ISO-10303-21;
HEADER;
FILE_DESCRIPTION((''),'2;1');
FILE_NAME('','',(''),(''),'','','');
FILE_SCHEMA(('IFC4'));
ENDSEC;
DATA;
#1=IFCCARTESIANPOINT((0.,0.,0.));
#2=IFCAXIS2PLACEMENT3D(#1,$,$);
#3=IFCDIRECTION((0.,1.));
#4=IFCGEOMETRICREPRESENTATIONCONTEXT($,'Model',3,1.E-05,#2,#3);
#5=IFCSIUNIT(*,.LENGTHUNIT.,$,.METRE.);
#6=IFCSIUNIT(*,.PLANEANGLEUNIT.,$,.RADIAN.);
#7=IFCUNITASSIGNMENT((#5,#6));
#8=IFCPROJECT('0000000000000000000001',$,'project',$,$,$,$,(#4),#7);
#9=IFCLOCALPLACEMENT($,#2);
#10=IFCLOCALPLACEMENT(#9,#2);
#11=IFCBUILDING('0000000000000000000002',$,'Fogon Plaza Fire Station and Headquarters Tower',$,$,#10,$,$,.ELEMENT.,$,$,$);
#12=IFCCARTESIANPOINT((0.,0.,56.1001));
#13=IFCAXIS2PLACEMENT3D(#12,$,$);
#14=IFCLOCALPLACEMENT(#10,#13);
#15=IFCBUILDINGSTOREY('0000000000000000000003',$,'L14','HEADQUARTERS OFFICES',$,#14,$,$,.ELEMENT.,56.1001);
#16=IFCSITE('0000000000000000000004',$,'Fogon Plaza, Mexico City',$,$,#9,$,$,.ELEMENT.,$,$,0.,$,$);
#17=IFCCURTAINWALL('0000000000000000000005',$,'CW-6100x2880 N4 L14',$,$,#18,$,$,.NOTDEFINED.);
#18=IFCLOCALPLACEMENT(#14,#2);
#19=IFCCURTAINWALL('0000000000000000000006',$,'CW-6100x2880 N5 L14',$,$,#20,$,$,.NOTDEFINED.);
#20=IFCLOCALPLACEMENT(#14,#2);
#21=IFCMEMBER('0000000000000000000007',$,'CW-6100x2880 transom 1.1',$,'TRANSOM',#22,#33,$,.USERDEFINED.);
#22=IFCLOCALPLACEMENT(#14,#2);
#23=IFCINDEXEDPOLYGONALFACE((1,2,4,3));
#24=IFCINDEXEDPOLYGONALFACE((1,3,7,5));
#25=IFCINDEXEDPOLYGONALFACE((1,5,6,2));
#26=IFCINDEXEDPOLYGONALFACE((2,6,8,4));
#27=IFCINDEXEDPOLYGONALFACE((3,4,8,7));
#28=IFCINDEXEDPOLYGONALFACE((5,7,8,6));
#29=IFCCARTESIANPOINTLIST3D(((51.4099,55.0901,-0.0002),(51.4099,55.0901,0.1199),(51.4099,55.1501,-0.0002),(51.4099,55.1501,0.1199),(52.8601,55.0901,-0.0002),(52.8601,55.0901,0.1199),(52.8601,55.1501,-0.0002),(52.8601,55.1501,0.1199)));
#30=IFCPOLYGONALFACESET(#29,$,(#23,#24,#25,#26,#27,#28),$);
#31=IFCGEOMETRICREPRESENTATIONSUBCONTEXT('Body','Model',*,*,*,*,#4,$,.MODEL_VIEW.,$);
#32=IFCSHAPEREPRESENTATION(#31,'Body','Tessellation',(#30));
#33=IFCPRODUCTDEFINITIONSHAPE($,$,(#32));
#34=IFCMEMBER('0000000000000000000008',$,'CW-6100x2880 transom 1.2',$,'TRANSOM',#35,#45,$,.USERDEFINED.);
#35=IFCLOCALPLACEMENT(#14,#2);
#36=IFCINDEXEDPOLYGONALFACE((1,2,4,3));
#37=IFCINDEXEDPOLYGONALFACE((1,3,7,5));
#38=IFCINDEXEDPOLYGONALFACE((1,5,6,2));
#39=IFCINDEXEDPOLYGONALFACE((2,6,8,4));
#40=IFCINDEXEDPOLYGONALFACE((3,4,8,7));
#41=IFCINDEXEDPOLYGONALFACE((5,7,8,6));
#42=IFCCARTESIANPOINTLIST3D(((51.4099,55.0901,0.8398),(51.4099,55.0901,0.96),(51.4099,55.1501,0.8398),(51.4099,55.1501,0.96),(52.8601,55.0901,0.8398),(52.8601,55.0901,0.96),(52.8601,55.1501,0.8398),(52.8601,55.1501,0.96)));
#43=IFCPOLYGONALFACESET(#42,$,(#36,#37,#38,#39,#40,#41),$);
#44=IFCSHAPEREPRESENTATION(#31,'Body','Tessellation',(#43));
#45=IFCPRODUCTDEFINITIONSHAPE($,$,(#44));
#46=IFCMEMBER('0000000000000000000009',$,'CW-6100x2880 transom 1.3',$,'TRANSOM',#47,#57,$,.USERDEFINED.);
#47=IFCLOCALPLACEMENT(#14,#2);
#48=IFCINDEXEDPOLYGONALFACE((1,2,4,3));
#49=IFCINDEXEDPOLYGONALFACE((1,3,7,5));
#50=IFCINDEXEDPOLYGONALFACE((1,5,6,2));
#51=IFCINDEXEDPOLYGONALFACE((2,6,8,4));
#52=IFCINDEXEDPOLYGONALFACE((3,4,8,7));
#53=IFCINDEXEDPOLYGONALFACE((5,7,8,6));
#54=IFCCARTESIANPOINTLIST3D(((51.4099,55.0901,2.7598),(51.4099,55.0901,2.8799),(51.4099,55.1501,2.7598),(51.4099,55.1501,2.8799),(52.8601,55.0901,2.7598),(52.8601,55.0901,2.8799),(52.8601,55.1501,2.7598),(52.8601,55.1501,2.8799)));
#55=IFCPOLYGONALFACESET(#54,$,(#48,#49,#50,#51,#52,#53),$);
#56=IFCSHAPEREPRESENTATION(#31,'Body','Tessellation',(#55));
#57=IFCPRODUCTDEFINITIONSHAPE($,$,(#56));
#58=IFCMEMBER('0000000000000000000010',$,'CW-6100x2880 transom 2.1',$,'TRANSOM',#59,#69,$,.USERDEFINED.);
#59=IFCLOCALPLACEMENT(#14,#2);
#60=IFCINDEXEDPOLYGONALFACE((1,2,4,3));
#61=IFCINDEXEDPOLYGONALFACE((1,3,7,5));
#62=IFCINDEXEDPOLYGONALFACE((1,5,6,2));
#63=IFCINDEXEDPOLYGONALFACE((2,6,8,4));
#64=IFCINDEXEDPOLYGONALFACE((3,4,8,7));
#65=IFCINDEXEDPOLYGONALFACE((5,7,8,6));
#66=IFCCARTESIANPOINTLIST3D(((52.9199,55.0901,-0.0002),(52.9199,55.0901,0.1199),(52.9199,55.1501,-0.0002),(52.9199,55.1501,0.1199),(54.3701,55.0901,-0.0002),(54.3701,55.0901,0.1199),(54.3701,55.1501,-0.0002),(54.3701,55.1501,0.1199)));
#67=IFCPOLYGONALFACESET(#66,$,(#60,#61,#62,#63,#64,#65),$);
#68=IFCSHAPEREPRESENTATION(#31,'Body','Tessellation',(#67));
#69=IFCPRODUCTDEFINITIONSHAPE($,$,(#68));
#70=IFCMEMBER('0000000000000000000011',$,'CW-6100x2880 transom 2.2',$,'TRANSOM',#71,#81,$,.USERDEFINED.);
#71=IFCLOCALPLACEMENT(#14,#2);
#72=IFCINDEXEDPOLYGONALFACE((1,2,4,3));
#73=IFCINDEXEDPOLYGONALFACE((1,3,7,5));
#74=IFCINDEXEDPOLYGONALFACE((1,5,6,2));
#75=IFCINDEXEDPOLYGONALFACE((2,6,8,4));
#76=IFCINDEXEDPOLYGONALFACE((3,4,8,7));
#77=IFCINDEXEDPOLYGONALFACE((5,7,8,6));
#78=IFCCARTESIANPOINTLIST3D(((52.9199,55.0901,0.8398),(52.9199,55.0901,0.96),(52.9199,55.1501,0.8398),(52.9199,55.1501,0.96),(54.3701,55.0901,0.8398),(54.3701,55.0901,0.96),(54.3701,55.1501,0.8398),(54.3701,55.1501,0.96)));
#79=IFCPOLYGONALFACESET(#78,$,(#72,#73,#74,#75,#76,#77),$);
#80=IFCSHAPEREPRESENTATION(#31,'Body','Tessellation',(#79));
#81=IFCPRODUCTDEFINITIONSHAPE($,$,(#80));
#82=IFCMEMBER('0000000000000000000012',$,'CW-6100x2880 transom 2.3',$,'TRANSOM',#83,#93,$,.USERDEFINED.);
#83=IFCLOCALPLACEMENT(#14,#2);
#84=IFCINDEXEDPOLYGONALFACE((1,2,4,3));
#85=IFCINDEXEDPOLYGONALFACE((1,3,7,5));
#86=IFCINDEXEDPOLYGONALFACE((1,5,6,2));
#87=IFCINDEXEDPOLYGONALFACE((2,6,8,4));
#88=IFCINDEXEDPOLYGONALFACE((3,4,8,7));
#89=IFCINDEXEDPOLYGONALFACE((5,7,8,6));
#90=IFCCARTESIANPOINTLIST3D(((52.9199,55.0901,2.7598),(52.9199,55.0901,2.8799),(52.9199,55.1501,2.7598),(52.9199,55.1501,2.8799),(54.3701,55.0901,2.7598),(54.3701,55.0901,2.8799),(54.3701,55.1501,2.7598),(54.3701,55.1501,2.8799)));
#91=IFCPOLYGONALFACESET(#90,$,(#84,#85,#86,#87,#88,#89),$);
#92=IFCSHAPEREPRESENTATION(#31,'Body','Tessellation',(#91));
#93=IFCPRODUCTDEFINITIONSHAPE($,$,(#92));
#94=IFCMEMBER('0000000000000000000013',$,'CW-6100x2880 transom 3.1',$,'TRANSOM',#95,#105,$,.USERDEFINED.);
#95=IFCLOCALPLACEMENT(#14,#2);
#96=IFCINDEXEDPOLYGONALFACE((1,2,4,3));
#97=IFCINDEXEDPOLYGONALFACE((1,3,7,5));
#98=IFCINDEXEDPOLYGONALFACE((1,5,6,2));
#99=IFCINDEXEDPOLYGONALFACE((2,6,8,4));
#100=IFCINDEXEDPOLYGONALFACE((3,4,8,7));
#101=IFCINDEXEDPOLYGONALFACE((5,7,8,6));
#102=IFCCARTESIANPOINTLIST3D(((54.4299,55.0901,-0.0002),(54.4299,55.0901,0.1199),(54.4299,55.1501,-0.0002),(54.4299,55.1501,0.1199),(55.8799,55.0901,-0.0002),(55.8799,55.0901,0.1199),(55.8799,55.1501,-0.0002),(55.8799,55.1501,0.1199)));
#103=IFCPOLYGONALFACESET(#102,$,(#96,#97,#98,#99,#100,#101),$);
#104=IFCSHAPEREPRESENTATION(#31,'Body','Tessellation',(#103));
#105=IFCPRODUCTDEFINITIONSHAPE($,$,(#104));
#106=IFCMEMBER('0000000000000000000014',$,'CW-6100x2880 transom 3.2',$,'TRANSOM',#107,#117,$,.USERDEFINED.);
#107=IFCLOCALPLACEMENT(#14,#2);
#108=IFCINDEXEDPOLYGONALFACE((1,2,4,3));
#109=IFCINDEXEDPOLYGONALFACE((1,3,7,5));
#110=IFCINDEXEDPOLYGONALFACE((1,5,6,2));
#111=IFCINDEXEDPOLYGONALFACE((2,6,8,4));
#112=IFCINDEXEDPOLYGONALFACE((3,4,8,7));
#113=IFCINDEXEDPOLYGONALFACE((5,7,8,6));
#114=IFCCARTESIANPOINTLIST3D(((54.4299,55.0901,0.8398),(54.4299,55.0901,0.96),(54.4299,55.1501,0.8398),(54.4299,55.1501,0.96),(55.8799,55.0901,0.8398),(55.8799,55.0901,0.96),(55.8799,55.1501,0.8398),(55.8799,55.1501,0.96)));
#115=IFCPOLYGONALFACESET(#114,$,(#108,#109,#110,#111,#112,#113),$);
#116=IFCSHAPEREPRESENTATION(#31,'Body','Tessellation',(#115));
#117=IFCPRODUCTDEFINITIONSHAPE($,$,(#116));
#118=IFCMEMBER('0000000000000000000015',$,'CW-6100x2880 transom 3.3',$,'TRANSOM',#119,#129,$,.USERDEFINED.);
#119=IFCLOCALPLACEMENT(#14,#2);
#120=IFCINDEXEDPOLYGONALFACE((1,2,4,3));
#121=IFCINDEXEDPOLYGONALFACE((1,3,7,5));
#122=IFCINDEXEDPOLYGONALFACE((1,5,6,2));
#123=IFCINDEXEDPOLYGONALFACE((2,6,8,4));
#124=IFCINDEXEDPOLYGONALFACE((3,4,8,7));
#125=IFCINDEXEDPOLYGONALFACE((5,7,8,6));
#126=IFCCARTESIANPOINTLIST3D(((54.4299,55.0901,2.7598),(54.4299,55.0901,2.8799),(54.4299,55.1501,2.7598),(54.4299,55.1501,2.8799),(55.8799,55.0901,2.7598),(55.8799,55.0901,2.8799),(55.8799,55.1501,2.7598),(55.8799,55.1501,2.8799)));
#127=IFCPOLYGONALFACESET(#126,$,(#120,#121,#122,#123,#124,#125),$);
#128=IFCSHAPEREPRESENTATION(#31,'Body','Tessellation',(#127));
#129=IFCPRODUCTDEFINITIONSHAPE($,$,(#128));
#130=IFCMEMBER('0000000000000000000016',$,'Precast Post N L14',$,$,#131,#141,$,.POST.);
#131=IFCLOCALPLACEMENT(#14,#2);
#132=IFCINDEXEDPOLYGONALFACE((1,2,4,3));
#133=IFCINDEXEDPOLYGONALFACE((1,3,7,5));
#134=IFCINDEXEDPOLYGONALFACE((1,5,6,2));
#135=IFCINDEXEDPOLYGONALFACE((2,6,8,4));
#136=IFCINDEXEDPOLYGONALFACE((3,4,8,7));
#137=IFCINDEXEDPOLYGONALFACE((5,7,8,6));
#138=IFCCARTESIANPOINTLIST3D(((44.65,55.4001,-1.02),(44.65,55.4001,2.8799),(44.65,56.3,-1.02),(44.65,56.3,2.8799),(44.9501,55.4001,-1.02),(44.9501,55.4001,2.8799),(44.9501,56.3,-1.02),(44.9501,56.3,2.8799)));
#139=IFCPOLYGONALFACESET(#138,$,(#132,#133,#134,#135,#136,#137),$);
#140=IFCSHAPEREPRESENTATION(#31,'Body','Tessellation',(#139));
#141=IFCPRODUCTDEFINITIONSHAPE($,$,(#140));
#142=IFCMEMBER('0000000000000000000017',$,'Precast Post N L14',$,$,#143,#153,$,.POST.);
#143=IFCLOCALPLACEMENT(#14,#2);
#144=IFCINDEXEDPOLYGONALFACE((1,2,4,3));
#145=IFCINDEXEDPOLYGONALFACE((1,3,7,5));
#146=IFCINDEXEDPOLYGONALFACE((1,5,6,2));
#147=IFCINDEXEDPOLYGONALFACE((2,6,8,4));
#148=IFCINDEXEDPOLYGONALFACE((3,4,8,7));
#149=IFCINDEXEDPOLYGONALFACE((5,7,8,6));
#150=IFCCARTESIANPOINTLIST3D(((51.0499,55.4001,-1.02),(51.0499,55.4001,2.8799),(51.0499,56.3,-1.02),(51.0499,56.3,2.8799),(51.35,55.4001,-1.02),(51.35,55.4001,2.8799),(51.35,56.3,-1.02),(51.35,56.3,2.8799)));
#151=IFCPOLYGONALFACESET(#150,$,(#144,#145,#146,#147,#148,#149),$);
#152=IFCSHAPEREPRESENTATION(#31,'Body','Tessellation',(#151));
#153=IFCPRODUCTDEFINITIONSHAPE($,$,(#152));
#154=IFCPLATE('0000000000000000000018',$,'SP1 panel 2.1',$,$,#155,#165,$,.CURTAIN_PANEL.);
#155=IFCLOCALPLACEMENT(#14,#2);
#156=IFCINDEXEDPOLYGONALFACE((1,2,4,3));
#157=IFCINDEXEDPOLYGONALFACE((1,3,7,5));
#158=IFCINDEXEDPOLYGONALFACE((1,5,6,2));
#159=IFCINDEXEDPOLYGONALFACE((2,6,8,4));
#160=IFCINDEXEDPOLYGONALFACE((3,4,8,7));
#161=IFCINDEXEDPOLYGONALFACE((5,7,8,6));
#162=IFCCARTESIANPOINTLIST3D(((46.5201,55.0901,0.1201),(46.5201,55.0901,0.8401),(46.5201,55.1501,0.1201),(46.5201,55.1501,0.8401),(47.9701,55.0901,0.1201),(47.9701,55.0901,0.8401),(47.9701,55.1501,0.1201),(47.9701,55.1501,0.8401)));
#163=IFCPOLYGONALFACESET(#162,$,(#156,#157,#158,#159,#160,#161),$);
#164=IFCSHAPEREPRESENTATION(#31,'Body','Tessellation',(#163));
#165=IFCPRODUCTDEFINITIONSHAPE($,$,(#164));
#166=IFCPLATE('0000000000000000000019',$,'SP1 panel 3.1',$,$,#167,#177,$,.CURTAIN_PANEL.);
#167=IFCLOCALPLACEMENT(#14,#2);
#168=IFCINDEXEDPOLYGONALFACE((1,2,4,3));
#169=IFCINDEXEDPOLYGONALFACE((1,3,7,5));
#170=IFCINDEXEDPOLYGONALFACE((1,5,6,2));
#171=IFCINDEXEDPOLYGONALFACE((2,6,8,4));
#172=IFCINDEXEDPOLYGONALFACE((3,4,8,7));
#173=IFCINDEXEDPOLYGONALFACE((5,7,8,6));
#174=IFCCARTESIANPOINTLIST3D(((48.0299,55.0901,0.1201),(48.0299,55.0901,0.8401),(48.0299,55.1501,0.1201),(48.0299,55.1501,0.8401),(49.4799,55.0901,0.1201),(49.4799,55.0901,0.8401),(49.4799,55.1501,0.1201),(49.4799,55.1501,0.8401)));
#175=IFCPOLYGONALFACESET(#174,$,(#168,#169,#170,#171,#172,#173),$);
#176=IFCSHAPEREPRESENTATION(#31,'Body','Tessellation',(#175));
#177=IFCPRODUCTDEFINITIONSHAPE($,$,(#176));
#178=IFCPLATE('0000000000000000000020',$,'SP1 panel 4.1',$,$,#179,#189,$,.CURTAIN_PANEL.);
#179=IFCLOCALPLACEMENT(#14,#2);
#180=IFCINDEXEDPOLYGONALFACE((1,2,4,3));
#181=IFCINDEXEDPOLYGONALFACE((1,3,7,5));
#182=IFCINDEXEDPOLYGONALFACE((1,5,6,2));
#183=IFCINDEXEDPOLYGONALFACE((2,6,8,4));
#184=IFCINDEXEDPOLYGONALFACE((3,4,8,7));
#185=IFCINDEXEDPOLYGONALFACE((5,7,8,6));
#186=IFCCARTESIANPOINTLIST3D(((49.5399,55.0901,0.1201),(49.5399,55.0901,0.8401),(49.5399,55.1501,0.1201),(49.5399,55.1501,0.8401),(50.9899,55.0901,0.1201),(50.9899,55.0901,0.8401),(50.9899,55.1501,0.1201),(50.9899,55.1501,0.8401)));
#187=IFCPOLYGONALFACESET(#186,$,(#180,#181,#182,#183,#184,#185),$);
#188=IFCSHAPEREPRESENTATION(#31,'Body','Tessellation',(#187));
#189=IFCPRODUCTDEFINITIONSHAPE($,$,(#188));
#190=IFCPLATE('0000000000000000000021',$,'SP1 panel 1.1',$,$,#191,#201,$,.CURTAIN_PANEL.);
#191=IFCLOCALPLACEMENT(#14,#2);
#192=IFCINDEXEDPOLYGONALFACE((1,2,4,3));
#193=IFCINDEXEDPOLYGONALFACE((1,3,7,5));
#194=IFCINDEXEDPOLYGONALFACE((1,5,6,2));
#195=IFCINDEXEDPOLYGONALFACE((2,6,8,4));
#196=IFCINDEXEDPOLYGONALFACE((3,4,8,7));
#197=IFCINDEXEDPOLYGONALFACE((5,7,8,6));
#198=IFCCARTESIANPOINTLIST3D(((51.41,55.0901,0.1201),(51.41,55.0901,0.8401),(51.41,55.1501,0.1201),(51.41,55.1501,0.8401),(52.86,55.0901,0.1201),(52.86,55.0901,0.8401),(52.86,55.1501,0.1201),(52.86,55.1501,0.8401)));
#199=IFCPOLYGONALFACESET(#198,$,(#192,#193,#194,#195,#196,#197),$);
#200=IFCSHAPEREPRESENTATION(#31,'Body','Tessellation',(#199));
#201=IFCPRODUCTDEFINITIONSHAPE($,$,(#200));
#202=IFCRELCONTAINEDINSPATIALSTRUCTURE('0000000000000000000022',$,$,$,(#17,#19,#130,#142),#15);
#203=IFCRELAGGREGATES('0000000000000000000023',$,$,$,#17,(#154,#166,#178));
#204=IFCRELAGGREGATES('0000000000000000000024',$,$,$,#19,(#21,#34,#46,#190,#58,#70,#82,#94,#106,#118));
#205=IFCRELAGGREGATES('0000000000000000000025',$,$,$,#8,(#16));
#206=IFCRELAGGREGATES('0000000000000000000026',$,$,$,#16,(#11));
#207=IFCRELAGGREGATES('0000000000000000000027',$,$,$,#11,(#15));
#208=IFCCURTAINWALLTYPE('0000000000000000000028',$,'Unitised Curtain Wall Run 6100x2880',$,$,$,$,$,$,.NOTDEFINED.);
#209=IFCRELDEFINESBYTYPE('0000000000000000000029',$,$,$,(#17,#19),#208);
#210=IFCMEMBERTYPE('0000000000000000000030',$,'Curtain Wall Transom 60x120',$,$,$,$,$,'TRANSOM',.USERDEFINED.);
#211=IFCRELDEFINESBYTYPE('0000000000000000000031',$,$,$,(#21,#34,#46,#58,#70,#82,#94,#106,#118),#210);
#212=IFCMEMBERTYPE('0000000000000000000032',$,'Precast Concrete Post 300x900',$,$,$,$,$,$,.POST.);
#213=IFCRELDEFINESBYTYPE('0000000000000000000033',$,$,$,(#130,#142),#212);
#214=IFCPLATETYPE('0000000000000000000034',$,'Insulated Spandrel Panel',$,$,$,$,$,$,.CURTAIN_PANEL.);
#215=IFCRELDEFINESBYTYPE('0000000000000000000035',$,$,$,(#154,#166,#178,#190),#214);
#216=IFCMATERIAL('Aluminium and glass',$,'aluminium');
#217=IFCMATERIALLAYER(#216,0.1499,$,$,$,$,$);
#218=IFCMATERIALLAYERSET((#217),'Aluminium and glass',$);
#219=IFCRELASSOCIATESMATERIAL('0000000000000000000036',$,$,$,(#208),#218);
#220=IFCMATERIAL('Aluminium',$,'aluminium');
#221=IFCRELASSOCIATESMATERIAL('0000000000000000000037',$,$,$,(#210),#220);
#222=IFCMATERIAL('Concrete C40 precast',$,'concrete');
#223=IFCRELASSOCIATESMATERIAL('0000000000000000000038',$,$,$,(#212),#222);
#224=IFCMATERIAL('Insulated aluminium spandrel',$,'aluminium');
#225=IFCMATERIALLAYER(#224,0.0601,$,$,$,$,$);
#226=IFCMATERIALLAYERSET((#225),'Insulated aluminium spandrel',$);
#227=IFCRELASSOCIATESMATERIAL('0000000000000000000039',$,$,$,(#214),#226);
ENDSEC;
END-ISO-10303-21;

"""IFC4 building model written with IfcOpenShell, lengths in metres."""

from ifc_helpers import new_model, si_unit, direction, frame, origin, origin_2d, place, context, subcontext, project, spatial, rectangle, extrude, material, layer, layer_set, material_profile, profile_set, type_object, element, aggregate, save


model = new_model("IFC4")

# Units and contexts
model_context = context("Model", 3, precision=1e-05, world=origin(), true_north=direction((0.0, 1.0)))
body_context = subcontext(model_context, "Body", "Model", "MODEL_VIEW")
ifc_project = project(units=[si_unit("LENGTHUNIT", "METRE"), si_unit("PLANEANGLEUNIT", "RADIAN")], contexts=[model_context])

# Site, building, storey
site_placement = place(None, origin())
site = spatial("IfcSite", under=ifc_project, at=site_placement, Name="Fogon Plaza, Mexico City", CompositionType="ELEMENT", RefElevation=0.0)
building_placement = place(site_placement, origin())
building = spatial("IfcBuilding", under=site, at=building_placement, Name="Fogon Plaza Fire Station and Headquarters Tower", CompositionType="ELEMENT")
storey_placement = place(building_placement, frame((0.0, 0.0, 56.1001)))
storey = spatial("IfcBuildingStorey", under=building, at=storey_placement, Name="L14", Description="HEADQUARTERS OFFICES", CompositionType="ELEMENT", Elevation=56.1001)

# Curtain walls
ifc_material_1 = material(Name="Aluminium and glass", Category="aluminium")
ifc_layer_1 = layer(ifc_material_1, 0.1499)
ifc_layer_set_1 = layer_set([ifc_layer_1], Name="Aluminium and glass")
curtain_wall_type = type_object("IfcCurtainWallType", Name="Unitised Curtain Wall Run 6100x2880", PredefinedType="NOTDEFINED", material=ifc_layer_set_1)
curtain_wall_1_placement = place(storey_placement, origin())
curtain_wall_1 = element("IfcCurtainWall", 1, at=curtain_wall_1_placement, inside=storey, type_object=curtain_wall_type, Name="CW-6100x2880 N4 L14", PredefinedType="NOTDEFINED")
curtain_wall_2_placement = place(storey_placement, origin())
curtain_wall_2 = element("IfcCurtainWall", 2, at=curtain_wall_2_placement, inside=storey, type_object=curtain_wall_type, Name="CW-6100x2880 N5 L14", PredefinedType="NOTDEFINED")

# Members
ifc_material_2 = material(Name="Aluminium", Category="aluminium")
ifc_material_profile_1 = material_profile(ifc_material_2, rectangle(XDim=0.0601, YDim=0.1201, at=origin_2d()), Name="Curtain Wall Transom 60x120")
ifc_profile_set_1 = profile_set([ifc_material_profile_1], Name="Aluminium")
member_type_1 = type_object("IfcMemberType", Name="Curtain Wall Transom 60x120", ElementType="TRANSOM", PredefinedType="USERDEFINED", material=ifc_profile_set_1)
member_1_placement = place(storey_placement, frame((51.4099, 55.1201, 0.0598), z_axis=(1.0, 0.0, 0.0), x_axis=(0.0, 1.0, 0.0)))
member_1 = element("IfcMember", 3, at=member_1_placement, type_object=member_type_1, Name="CW-6100x2880 transom 1.1", ObjectType="TRANSOM", PredefinedType="USERDEFINED", context=body_context, shape_type="SweptSolid", body=[
    extrude(rectangle(XDim=0.0601, YDim=0.1201, at=origin_2d()), origin(), (0.0, 0.0, 1.0), 1.4502),
])
member_2_placement = place(storey_placement, frame((51.4099, 55.1201, 0.8999), z_axis=(1.0, 0.0, 0.0), x_axis=(0.0, 1.0, 0.0)))
member_2 = element("IfcMember", 4, at=member_2_placement, type_object=member_type_1, Name="CW-6100x2880 transom 1.2", ObjectType="TRANSOM", PredefinedType="USERDEFINED", context=body_context, shape_type="SweptSolid", body=[
    extrude(rectangle(XDim=0.0601, YDim=0.1201, at=origin_2d()), origin(), (0.0, 0.0, 1.0), 1.4502),
])
member_3_placement = place(storey_placement, frame((51.4099, 55.1201, 2.8198), z_axis=(1.0, 0.0, 0.0), x_axis=(0.0, 1.0, 0.0)))
member_3 = element("IfcMember", 5, at=member_3_placement, type_object=member_type_1, Name="CW-6100x2880 transom 1.3", ObjectType="TRANSOM", PredefinedType="USERDEFINED", context=body_context, shape_type="SweptSolid", body=[
    extrude(rectangle(XDim=0.0601, YDim=0.1201, at=origin_2d()), origin(), (0.0, 0.0, 1.0), 1.4502),
])
member_4_placement = place(storey_placement, frame((52.9199, 55.1201, 0.0598), z_axis=(1.0, 0.0, 0.0), x_axis=(0.0, 1.0, 0.0)))
member_4 = element("IfcMember", 6, at=member_4_placement, type_object=member_type_1, Name="CW-6100x2880 transom 2.1", ObjectType="TRANSOM", PredefinedType="USERDEFINED", context=body_context, shape_type="SweptSolid", body=[
    extrude(rectangle(XDim=0.0601, YDim=0.1201, at=origin_2d()), origin(), (0.0, 0.0, 1.0), 1.4502),
])
member_5_placement = place(storey_placement, frame((52.9199, 55.1201, 0.8999), z_axis=(1.0, 0.0, 0.0), x_axis=(0.0, 1.0, 0.0)))
member_5 = element("IfcMember", 7, at=member_5_placement, type_object=member_type_1, Name="CW-6100x2880 transom 2.2", ObjectType="TRANSOM", PredefinedType="USERDEFINED", context=body_context, shape_type="SweptSolid", body=[
    extrude(rectangle(XDim=0.0601, YDim=0.1201, at=origin_2d()), origin(), (0.0, 0.0, 1.0), 1.4502),
])
member_6_placement = place(storey_placement, frame((52.9199, 55.1201, 2.8198), z_axis=(1.0, 0.0, 0.0), x_axis=(0.0, 1.0, 0.0)))
member_6 = element("IfcMember", 8, at=member_6_placement, type_object=member_type_1, Name="CW-6100x2880 transom 2.3", ObjectType="TRANSOM", PredefinedType="USERDEFINED", context=body_context, shape_type="SweptSolid", body=[
    extrude(rectangle(XDim=0.0601, YDim=0.1201, at=origin_2d()), origin(), (0.0, 0.0, 1.0), 1.4502),
])
member_7_placement = place(storey_placement, frame((54.4299, 55.1201, 0.0598), z_axis=(1.0, 0.0, 0.0), x_axis=(0.0, 1.0, 0.0)))
member_7 = element("IfcMember", 9, at=member_7_placement, type_object=member_type_1, Name="CW-6100x2880 transom 3.1", ObjectType="TRANSOM", PredefinedType="USERDEFINED", context=body_context, shape_type="SweptSolid", body=[
    extrude(rectangle(XDim=0.0601, YDim=0.1201, at=origin_2d()), origin(), (0.0, 0.0, 1.0), 1.45),
])
member_8_placement = place(storey_placement, frame((54.4299, 55.1201, 0.8999), z_axis=(1.0, 0.0, 0.0), x_axis=(0.0, 1.0, 0.0)))
member_8 = element("IfcMember", 10, at=member_8_placement, type_object=member_type_1, Name="CW-6100x2880 transom 3.2", ObjectType="TRANSOM", PredefinedType="USERDEFINED", context=body_context, shape_type="SweptSolid", body=[
    extrude(rectangle(XDim=0.0601, YDim=0.1201, at=origin_2d()), origin(), (0.0, 0.0, 1.0), 1.45),
])
member_9_placement = place(storey_placement, frame((54.4299, 55.1201, 2.8198), z_axis=(1.0, 0.0, 0.0), x_axis=(0.0, 1.0, 0.0)))
member_9 = element("IfcMember", 11, at=member_9_placement, type_object=member_type_1, Name="CW-6100x2880 transom 3.3", ObjectType="TRANSOM", PredefinedType="USERDEFINED", context=body_context, shape_type="SweptSolid", body=[
    extrude(rectangle(XDim=0.0601, YDim=0.1201, at=origin_2d()), origin(), (0.0, 0.0, 1.0), 1.45),
])

# Members
ifc_material_3 = material(Name="Concrete C40 precast", Category="concrete")
ifc_material_profile_2 = material_profile(ifc_material_3, rectangle(XDim=0.3, YDim=0.8999, at=origin_2d()), Name="Precast Concrete Post 300x900")
ifc_profile_set_2 = profile_set([ifc_material_profile_2], Name="Concrete C40 precast")
member_type_2 = type_object("IfcMemberType", Name="Precast Concrete Post 300x900", PredefinedType="POST", material=ifc_profile_set_2)
for number, where, z_axis, x_axis, name in (
    (12, (44.8, 55.8501, -1.02), (0.0, 0.0, 1.0), (1.0, 0.0, 0.0), "Precast Post N L14"),
    (13, (51.2, 55.8501, -1.02), (0.0, 0.0, 1.0), (1.0, 0.0, 0.0), "Precast Post N L14"),
):
    element("IfcMember", number, at=place(storey_placement, frame(where, z_axis=z_axis, x_axis=x_axis)), inside=storey, type_object=member_type_2, Name=name, PredefinedType="POST", context=body_context, shape_type="SweptSolid", body=[
        extrude(rectangle(XDim=0.3, YDim=0.8999, at=origin_2d()), origin(), (0.0, 0.0, 1.0), 3.8999),
    ])

# Plates
ifc_material_4 = material(Name="Insulated aluminium spandrel", Category="aluminium")
ifc_layer_2 = layer(ifc_material_4, 0.0601)
ifc_layer_set_2 = layer_set([ifc_layer_2], Name="Insulated aluminium spandrel")
plate_type_1 = type_object("IfcPlateType", Name="Insulated Spandrel Panel", PredefinedType="CURTAIN_PANEL", material=ifc_layer_set_2)
plate_1_placement = place(storey_placement, frame((47.2451, 55.1201, 0.1201), z_axis=(0.0, 0.0, 1.0), x_axis=(1.0, 0.0, 0.0)))
plate_1 = element("IfcPlate", 14, at=plate_1_placement, type_object=plate_type_1, Name="SP1 panel 2.1", PredefinedType="CURTAIN_PANEL", context=body_context, shape_type="SweptSolid", body=[
    extrude(rectangle(XDim=1.45, YDim=0.0601, at=origin_2d()), origin(), (0.0, 0.0, 1.0), 0.72),
])
plate_2_placement = place(storey_placement, frame((48.7549, 55.1201, 0.1201), z_axis=(0.0, 0.0, 1.0), x_axis=(1.0, 0.0, 0.0)))
plate_2 = element("IfcPlate", 15, at=plate_2_placement, type_object=plate_type_1, Name="SP1 panel 3.1", PredefinedType="CURTAIN_PANEL", context=body_context, shape_type="SweptSolid", body=[
    extrude(rectangle(XDim=1.45, YDim=0.0601, at=origin_2d()), origin(), (0.0, 0.0, 1.0), 0.72),
])
plate_3_placement = place(storey_placement, frame((50.2649, 55.1201, 0.1201), z_axis=(0.0, 0.0, 1.0), x_axis=(1.0, 0.0, 0.0)))
plate_3 = element("IfcPlate", 16, at=plate_3_placement, type_object=plate_type_1, Name="SP1 panel 4.1", PredefinedType="CURTAIN_PANEL", context=body_context, shape_type="SweptSolid", body=[
    extrude(rectangle(XDim=1.45, YDim=0.0601, at=origin_2d()), origin(), (0.0, 0.0, 1.0), 0.72),
])
plate_4_placement = place(storey_placement, frame((52.135, 55.1201, 0.1201), z_axis=(0.0, 0.0, 1.0), x_axis=(1.0, 0.0, 0.0)))
plate_4 = element("IfcPlate", 17, at=plate_4_placement, type_object=plate_type_1, Name="SP1 panel 1.1", PredefinedType="CURTAIN_PANEL", context=body_context, shape_type="SweptSolid", body=[
    extrude(rectangle(XDim=1.45, YDim=0.0601, at=origin_2d()), origin(), (0.0, 0.0, 1.0), 0.72),
])
aggregate(curtain_wall_1, [plate_1, plate_2, plate_3])
aggregate(curtain_wall_2, [member_1, member_2, member_3, plate_4, member_4, member_5, member_6, member_7, member_8, member_9])

save(model, "model.ifc")
